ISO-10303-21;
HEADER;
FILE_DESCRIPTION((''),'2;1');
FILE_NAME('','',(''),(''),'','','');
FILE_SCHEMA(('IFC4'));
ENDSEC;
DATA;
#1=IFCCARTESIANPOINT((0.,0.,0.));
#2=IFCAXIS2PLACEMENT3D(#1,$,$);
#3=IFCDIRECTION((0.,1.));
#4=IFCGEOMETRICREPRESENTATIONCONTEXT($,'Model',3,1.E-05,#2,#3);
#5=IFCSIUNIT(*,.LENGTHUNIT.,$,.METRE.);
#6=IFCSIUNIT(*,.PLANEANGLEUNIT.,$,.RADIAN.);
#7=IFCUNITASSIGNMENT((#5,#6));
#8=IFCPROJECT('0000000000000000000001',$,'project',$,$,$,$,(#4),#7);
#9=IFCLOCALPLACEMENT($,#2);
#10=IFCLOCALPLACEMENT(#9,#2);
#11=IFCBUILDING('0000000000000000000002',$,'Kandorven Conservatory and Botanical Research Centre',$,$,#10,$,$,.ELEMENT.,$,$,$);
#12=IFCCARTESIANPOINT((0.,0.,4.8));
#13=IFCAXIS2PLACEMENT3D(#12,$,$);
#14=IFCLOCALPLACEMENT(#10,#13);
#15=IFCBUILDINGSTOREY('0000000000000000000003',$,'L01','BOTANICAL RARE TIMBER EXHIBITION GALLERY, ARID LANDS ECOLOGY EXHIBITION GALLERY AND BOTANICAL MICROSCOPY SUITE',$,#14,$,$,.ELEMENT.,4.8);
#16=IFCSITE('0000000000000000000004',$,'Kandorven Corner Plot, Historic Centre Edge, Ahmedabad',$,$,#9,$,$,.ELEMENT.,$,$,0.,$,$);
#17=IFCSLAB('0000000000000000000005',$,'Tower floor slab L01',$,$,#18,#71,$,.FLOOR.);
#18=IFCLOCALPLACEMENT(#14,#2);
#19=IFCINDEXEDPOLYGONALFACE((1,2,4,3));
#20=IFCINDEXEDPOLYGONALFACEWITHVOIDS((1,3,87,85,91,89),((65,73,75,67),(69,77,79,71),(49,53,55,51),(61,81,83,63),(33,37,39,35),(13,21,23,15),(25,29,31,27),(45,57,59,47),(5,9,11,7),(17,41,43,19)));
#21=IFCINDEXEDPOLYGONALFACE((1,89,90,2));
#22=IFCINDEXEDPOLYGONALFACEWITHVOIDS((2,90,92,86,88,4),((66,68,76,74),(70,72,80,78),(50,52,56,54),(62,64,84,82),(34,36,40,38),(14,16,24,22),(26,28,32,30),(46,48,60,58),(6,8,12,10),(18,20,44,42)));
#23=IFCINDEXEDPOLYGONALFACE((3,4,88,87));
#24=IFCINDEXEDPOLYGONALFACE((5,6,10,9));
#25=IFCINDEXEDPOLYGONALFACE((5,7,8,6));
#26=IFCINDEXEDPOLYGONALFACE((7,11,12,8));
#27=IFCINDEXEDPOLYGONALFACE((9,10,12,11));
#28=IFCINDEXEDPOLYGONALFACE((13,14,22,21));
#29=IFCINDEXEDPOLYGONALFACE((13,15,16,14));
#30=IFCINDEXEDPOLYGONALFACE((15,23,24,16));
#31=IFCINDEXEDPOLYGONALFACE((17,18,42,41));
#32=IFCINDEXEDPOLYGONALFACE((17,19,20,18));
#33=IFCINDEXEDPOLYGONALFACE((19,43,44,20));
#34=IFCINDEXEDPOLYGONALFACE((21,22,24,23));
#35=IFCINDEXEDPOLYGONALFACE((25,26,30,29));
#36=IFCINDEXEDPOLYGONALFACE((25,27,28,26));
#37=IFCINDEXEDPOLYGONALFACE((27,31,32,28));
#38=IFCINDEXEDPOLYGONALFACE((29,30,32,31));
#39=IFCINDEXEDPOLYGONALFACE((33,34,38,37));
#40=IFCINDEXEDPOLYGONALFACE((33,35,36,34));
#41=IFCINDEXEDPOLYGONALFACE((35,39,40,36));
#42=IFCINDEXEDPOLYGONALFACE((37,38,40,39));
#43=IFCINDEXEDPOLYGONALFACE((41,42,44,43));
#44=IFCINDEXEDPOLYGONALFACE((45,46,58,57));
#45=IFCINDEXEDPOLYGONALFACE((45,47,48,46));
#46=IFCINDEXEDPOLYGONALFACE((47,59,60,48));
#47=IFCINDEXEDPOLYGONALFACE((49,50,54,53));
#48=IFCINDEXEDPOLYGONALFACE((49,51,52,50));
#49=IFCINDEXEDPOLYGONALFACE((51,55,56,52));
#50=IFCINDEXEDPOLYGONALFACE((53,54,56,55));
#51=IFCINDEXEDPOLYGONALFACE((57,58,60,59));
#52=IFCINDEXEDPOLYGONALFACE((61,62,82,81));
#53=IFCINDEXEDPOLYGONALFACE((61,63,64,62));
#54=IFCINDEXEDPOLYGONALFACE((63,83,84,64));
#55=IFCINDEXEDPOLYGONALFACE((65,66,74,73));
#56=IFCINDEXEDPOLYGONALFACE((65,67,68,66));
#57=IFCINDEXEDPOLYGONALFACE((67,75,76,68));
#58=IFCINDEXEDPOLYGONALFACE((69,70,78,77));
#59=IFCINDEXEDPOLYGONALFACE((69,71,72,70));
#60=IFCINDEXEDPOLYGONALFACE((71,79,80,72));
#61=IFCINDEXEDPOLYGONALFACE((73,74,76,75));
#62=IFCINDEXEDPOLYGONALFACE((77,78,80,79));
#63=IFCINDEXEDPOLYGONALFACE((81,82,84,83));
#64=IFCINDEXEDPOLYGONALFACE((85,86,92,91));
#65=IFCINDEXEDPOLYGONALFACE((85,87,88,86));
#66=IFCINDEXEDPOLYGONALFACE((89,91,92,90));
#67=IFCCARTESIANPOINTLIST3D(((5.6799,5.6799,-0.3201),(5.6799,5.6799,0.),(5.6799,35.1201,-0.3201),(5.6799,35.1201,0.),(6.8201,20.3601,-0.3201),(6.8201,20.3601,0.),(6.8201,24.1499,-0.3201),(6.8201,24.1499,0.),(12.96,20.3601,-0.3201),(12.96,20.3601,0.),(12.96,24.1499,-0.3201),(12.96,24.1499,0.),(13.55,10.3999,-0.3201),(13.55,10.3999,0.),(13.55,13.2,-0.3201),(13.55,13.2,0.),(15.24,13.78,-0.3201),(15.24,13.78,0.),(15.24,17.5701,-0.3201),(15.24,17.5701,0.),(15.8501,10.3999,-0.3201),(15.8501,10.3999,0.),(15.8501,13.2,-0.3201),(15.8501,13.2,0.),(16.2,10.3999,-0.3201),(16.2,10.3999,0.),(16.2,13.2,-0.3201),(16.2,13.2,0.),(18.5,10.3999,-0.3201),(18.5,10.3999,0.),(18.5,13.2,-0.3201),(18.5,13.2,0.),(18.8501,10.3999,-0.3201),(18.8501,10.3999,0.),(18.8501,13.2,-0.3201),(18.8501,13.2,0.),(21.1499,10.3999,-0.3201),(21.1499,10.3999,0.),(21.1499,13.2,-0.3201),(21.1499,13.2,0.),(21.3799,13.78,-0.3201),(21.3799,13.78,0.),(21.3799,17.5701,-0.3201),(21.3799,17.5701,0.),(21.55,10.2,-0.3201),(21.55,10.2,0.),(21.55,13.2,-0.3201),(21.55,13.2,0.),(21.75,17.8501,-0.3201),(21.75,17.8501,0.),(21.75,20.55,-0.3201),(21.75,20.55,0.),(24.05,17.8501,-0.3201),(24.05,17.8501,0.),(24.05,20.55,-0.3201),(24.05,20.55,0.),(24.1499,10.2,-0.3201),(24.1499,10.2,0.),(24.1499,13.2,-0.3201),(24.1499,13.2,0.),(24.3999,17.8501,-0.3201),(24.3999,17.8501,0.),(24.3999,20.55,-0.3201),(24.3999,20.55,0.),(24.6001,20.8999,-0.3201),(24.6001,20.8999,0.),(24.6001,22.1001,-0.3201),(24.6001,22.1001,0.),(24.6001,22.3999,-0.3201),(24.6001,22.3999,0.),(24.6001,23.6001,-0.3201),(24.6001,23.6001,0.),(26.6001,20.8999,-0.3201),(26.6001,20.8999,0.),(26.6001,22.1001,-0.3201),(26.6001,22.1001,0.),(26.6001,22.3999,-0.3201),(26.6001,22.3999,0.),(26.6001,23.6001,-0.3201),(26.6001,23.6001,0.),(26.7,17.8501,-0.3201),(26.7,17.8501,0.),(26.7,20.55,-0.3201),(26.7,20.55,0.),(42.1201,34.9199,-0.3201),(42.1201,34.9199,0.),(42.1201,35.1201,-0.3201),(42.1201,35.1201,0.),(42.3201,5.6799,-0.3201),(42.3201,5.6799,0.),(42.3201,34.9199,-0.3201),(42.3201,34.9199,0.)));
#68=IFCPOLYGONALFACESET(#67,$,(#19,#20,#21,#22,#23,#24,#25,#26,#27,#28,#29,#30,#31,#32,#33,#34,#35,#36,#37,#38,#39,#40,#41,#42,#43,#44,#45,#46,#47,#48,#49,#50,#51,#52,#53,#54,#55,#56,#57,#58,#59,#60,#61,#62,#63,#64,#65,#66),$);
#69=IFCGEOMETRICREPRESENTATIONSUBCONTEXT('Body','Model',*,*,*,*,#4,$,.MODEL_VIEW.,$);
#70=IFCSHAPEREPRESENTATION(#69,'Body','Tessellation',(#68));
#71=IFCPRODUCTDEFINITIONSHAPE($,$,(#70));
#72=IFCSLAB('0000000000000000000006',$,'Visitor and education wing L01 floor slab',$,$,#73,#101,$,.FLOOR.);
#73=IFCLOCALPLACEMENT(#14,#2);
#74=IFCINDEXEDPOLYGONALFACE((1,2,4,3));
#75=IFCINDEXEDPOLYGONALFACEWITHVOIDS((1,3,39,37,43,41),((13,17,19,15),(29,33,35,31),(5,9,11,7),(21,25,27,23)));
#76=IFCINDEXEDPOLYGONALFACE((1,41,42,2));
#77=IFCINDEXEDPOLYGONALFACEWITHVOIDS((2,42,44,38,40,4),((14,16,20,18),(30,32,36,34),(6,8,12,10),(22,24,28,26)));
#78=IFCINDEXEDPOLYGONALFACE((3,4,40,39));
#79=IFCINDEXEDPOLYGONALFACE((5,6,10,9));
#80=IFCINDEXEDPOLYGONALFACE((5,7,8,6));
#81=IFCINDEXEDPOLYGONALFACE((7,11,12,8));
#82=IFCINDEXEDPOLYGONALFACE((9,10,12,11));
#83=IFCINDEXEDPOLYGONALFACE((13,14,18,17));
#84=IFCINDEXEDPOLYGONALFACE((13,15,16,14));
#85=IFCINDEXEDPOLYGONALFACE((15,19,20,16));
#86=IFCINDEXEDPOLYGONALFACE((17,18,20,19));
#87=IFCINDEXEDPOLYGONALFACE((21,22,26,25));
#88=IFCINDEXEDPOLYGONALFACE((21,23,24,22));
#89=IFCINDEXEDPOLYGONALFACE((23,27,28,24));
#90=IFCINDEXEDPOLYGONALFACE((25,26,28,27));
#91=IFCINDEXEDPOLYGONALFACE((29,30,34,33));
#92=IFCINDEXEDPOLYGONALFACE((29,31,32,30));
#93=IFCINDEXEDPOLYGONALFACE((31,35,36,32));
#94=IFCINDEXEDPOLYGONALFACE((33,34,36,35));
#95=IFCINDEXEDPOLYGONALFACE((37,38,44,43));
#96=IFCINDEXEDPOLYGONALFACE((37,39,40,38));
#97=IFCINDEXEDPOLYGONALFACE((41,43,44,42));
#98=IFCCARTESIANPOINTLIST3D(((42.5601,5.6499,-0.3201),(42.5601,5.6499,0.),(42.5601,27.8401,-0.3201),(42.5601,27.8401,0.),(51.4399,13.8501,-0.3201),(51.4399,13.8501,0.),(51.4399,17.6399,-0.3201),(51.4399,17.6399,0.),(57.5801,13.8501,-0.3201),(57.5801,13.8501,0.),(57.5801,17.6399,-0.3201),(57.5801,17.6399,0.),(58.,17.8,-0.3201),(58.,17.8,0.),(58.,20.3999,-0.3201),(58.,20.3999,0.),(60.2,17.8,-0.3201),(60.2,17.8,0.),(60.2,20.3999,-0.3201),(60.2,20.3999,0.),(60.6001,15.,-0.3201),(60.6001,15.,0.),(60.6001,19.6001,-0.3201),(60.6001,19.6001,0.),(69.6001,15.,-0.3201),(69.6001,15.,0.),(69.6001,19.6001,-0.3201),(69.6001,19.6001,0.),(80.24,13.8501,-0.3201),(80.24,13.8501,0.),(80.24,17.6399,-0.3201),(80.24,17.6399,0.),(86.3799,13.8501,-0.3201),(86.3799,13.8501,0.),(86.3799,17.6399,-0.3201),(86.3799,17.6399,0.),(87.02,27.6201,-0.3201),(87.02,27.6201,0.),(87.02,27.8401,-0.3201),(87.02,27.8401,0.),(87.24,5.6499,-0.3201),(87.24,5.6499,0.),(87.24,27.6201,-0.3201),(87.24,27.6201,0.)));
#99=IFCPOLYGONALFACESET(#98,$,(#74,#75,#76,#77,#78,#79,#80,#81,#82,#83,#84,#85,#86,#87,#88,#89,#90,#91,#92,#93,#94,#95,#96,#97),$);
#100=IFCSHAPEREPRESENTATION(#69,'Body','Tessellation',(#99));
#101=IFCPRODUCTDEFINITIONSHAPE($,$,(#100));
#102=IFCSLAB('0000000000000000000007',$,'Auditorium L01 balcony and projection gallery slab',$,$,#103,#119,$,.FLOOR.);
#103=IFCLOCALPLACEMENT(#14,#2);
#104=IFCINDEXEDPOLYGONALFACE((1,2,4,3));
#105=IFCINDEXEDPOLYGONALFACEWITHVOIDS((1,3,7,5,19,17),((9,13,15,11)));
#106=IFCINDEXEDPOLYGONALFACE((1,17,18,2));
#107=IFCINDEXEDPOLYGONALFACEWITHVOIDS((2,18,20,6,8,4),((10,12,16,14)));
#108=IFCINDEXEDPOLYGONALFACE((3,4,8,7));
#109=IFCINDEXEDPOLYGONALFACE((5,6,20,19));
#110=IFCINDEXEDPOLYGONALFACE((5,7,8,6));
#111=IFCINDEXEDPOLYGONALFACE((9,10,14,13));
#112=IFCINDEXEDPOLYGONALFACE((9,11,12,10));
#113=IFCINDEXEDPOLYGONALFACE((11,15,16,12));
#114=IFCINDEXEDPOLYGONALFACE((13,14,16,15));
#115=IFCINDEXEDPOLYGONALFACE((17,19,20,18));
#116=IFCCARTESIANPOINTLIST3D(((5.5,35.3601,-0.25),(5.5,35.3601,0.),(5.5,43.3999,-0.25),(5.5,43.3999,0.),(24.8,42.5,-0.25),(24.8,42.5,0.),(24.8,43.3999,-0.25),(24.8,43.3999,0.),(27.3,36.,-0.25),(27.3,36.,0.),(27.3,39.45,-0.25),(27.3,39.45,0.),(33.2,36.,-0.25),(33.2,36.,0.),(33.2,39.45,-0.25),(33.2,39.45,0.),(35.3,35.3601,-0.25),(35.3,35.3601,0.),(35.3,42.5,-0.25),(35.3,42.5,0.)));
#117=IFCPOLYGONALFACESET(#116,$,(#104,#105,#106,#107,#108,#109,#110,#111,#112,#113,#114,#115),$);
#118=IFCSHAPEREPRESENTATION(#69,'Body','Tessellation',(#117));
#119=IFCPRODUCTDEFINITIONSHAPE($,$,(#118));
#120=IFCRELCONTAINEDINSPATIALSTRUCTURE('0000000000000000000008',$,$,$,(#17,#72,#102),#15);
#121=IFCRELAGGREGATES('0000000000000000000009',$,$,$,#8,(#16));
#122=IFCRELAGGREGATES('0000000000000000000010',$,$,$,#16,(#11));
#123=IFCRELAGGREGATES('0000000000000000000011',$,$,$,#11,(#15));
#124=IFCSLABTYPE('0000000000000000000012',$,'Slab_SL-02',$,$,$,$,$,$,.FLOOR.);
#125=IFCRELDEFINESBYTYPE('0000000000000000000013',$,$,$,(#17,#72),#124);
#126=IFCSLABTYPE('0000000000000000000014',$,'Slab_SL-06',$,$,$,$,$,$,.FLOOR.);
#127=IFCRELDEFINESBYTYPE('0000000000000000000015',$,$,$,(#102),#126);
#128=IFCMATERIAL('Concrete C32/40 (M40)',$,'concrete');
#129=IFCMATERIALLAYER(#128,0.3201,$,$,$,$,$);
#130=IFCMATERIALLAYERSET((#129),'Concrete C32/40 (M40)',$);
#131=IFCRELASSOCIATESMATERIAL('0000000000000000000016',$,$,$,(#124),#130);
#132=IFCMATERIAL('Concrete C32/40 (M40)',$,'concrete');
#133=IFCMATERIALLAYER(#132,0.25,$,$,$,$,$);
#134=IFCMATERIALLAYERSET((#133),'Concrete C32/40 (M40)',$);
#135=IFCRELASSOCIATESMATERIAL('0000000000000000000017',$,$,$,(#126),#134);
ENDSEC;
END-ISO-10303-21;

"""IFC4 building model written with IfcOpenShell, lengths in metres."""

from ifc_helpers import new_model, si_unit, direction, frame, origin, place, context, subcontext, project, spatial, polyline, outline, extrude, material, layer, layer_set, type_object, element, save


model = new_model("IFC4")

# Units and contexts
model_context = context("Model", 3, precision=1e-05, world=origin(), true_north=direction((0.0, 1.0)))
body_context = subcontext(model_context, "Body", "Model", "MODEL_VIEW")
ifc_project = project(units=[si_unit("LENGTHUNIT", "METRE"), si_unit("PLANEANGLEUNIT", "RADIAN")], contexts=[model_context])

# Site, building, storey
site_placement = place(None, origin())
site = spatial("IfcSite", under=ifc_project, at=site_placement, Name="Kandorven Corner Plot, Historic Centre Edge, Ahmedabad", CompositionType="ELEMENT", RefElevation=0.0)
building_placement = place(site_placement, origin())
building = spatial("IfcBuilding", under=site, at=building_placement, Name="Kandorven Conservatory and Botanical Research Centre", CompositionType="ELEMENT")
storey_placement = place(building_placement, frame((0.0, 0.0, 4.8)))
storey = spatial("IfcBuildingStorey", under=building, at=storey_placement, Name="L01", Description="BOTANICAL RARE TIMBER EXHIBITION GALLERY, ARID LANDS ECOLOGY EXHIBITION GALLERY AND BOTANICAL MICROSCOPY SUITE", CompositionType="ELEMENT", Elevation=4.8)

# Slabs
ifc_material_1 = material(Name="Concrete C32/40 (M40)", Category="concrete")
ifc_layer_1 = layer(ifc_material_1, 0.3201)
ifc_layer_set_1 = layer_set([ifc_layer_1], Name="Concrete C32/40 (M40)")
slab_type_1 = type_object("IfcSlabType", Name="Slab_SL-02", PredefinedType="FLOOR", material=ifc_layer_set_1)
slab_1_placement = place(storey_placement, frame((0.0, 0.0, -0.3201)))
element("IfcSlab", 1, at=slab_1_placement, inside=storey, type_object=slab_type_1, Name="Tower floor slab L01", PredefinedType="FLOOR", context=body_context, shape_type="SweptSolid", body=[
    extrude(outline(polyline([(5.6799, 5.6799), (42.3201, 5.6799), (42.3201, 34.9199), (42.1201, 34.9199), (42.1201, 35.1201), (5.6799, 35.1201), (5.6799, 5.6799)]), holes=[polyline([(15.24, 13.78), (21.3799, 13.78), (21.3799, 17.5701), (15.24, 17.5701), (15.24, 13.78)]), polyline([(12.96, 24.1499), (6.8201, 24.1499), (6.8201, 20.3601), (12.96, 20.3601), (12.96, 24.1499)]), polyline([(21.75, 17.8501), (24.05, 17.8501), (24.05, 20.55), (21.75, 20.55), (21.75, 17.8501)]), polyline([(24.3999, 17.8501), (26.7, 17.8501), (26.7, 20.55), (24.3999, 20.55), (24.3999, 17.8501)]), polyline([(13.55, 10.3999), (15.8501, 10.3999), (15.8501, 13.2), (13.55, 13.2), (13.55, 10.3999)]), polyline([(16.2, 10.3999), (18.5, 10.3999), (18.5, 13.2), (16.2, 13.2), (16.2, 10.3999)]), polyline([(18.8501, 10.3999), (21.1499, 10.3999), (21.1499, 13.2), (18.8501, 13.2), (18.8501, 10.3999)]), polyline([(21.55, 10.2), (24.1499, 10.2), (24.1499, 13.2), (21.55, 13.2), (21.55, 10.2)]), polyline([(24.6001, 20.8999), (26.6001, 20.8999), (26.6001, 22.1001), (24.6001, 22.1001), (24.6001, 20.8999)]), polyline([(24.6001, 22.3999), (26.6001, 22.3999), (26.6001, 23.6001), (24.6001, 23.6001), (24.6001, 22.3999)])]), origin(), (0.0, 0.0, 1.0), 0.3201),
])
slab_2_placement = place(storey_placement, frame((0.0, 0.0, -0.3201)))
element("IfcSlab", 2, at=slab_2_placement, inside=storey, type_object=slab_type_1, Name="Visitor and education wing L01 floor slab", PredefinedType="FLOOR", context=body_context, shape_type="SweptSolid", body=[
    extrude(outline(polyline([(42.5601, 5.6499), (87.24, 5.6499), (87.24, 27.6201), (87.02, 27.6201), (87.02, 27.8401), (42.5601, 27.8401), (42.5601, 5.6499)]), holes=[polyline([(51.4399, 13.8501), (57.5801, 13.8501), (57.5801, 17.6399), (51.4399, 17.6399), (51.4399, 13.8501)]), polyline([(80.24, 13.8501), (86.3799, 13.8501), (86.3799, 17.6399), (80.24, 17.6399), (80.24, 13.8501)]), polyline([(58.0, 17.8), (60.2, 17.8), (60.2, 20.3999), (58.0, 20.3999), (58.0, 17.8)]), polyline([(60.6001, 15.0), (69.6001, 15.0), (69.6001, 19.6001), (60.6001, 19.6001), (60.6001, 15.0)])]), origin(), (0.0, 0.0, 1.0), 0.3201),
])
ifc_material_2 = material(Name="Concrete C32/40 (M40)", Category="concrete")
ifc_layer_2 = layer(ifc_material_2, 0.25)
ifc_layer_set_2 = layer_set([ifc_layer_2], Name="Concrete C32/40 (M40)")
slab_type_2 = type_object("IfcSlabType", Name="Slab_SL-06", PredefinedType="FLOOR", material=ifc_layer_set_2)
slab_3_placement = place(storey_placement, frame((0.0, 0.0, -0.25)))
element("IfcSlab", 3, at=slab_3_placement, inside=storey, type_object=slab_type_2, Name="Auditorium L01 balcony and projection gallery slab", PredefinedType="FLOOR", context=body_context, shape_type="SweptSolid", body=[
    extrude(outline(polyline([(5.5, 35.3601), (35.3, 35.3601), (35.3, 42.5), (24.8, 42.5), (24.8, 43.3999), (5.5, 43.3999), (5.5, 35.3601)]), holes=[polyline([(27.3, 36.0), (33.2, 36.0), (33.2, 39.45), (27.3, 39.45), (27.3, 36.0)])]), origin(), (0.0, 0.0, 1.0), 0.25),
])

save(model, "model.ifc")
